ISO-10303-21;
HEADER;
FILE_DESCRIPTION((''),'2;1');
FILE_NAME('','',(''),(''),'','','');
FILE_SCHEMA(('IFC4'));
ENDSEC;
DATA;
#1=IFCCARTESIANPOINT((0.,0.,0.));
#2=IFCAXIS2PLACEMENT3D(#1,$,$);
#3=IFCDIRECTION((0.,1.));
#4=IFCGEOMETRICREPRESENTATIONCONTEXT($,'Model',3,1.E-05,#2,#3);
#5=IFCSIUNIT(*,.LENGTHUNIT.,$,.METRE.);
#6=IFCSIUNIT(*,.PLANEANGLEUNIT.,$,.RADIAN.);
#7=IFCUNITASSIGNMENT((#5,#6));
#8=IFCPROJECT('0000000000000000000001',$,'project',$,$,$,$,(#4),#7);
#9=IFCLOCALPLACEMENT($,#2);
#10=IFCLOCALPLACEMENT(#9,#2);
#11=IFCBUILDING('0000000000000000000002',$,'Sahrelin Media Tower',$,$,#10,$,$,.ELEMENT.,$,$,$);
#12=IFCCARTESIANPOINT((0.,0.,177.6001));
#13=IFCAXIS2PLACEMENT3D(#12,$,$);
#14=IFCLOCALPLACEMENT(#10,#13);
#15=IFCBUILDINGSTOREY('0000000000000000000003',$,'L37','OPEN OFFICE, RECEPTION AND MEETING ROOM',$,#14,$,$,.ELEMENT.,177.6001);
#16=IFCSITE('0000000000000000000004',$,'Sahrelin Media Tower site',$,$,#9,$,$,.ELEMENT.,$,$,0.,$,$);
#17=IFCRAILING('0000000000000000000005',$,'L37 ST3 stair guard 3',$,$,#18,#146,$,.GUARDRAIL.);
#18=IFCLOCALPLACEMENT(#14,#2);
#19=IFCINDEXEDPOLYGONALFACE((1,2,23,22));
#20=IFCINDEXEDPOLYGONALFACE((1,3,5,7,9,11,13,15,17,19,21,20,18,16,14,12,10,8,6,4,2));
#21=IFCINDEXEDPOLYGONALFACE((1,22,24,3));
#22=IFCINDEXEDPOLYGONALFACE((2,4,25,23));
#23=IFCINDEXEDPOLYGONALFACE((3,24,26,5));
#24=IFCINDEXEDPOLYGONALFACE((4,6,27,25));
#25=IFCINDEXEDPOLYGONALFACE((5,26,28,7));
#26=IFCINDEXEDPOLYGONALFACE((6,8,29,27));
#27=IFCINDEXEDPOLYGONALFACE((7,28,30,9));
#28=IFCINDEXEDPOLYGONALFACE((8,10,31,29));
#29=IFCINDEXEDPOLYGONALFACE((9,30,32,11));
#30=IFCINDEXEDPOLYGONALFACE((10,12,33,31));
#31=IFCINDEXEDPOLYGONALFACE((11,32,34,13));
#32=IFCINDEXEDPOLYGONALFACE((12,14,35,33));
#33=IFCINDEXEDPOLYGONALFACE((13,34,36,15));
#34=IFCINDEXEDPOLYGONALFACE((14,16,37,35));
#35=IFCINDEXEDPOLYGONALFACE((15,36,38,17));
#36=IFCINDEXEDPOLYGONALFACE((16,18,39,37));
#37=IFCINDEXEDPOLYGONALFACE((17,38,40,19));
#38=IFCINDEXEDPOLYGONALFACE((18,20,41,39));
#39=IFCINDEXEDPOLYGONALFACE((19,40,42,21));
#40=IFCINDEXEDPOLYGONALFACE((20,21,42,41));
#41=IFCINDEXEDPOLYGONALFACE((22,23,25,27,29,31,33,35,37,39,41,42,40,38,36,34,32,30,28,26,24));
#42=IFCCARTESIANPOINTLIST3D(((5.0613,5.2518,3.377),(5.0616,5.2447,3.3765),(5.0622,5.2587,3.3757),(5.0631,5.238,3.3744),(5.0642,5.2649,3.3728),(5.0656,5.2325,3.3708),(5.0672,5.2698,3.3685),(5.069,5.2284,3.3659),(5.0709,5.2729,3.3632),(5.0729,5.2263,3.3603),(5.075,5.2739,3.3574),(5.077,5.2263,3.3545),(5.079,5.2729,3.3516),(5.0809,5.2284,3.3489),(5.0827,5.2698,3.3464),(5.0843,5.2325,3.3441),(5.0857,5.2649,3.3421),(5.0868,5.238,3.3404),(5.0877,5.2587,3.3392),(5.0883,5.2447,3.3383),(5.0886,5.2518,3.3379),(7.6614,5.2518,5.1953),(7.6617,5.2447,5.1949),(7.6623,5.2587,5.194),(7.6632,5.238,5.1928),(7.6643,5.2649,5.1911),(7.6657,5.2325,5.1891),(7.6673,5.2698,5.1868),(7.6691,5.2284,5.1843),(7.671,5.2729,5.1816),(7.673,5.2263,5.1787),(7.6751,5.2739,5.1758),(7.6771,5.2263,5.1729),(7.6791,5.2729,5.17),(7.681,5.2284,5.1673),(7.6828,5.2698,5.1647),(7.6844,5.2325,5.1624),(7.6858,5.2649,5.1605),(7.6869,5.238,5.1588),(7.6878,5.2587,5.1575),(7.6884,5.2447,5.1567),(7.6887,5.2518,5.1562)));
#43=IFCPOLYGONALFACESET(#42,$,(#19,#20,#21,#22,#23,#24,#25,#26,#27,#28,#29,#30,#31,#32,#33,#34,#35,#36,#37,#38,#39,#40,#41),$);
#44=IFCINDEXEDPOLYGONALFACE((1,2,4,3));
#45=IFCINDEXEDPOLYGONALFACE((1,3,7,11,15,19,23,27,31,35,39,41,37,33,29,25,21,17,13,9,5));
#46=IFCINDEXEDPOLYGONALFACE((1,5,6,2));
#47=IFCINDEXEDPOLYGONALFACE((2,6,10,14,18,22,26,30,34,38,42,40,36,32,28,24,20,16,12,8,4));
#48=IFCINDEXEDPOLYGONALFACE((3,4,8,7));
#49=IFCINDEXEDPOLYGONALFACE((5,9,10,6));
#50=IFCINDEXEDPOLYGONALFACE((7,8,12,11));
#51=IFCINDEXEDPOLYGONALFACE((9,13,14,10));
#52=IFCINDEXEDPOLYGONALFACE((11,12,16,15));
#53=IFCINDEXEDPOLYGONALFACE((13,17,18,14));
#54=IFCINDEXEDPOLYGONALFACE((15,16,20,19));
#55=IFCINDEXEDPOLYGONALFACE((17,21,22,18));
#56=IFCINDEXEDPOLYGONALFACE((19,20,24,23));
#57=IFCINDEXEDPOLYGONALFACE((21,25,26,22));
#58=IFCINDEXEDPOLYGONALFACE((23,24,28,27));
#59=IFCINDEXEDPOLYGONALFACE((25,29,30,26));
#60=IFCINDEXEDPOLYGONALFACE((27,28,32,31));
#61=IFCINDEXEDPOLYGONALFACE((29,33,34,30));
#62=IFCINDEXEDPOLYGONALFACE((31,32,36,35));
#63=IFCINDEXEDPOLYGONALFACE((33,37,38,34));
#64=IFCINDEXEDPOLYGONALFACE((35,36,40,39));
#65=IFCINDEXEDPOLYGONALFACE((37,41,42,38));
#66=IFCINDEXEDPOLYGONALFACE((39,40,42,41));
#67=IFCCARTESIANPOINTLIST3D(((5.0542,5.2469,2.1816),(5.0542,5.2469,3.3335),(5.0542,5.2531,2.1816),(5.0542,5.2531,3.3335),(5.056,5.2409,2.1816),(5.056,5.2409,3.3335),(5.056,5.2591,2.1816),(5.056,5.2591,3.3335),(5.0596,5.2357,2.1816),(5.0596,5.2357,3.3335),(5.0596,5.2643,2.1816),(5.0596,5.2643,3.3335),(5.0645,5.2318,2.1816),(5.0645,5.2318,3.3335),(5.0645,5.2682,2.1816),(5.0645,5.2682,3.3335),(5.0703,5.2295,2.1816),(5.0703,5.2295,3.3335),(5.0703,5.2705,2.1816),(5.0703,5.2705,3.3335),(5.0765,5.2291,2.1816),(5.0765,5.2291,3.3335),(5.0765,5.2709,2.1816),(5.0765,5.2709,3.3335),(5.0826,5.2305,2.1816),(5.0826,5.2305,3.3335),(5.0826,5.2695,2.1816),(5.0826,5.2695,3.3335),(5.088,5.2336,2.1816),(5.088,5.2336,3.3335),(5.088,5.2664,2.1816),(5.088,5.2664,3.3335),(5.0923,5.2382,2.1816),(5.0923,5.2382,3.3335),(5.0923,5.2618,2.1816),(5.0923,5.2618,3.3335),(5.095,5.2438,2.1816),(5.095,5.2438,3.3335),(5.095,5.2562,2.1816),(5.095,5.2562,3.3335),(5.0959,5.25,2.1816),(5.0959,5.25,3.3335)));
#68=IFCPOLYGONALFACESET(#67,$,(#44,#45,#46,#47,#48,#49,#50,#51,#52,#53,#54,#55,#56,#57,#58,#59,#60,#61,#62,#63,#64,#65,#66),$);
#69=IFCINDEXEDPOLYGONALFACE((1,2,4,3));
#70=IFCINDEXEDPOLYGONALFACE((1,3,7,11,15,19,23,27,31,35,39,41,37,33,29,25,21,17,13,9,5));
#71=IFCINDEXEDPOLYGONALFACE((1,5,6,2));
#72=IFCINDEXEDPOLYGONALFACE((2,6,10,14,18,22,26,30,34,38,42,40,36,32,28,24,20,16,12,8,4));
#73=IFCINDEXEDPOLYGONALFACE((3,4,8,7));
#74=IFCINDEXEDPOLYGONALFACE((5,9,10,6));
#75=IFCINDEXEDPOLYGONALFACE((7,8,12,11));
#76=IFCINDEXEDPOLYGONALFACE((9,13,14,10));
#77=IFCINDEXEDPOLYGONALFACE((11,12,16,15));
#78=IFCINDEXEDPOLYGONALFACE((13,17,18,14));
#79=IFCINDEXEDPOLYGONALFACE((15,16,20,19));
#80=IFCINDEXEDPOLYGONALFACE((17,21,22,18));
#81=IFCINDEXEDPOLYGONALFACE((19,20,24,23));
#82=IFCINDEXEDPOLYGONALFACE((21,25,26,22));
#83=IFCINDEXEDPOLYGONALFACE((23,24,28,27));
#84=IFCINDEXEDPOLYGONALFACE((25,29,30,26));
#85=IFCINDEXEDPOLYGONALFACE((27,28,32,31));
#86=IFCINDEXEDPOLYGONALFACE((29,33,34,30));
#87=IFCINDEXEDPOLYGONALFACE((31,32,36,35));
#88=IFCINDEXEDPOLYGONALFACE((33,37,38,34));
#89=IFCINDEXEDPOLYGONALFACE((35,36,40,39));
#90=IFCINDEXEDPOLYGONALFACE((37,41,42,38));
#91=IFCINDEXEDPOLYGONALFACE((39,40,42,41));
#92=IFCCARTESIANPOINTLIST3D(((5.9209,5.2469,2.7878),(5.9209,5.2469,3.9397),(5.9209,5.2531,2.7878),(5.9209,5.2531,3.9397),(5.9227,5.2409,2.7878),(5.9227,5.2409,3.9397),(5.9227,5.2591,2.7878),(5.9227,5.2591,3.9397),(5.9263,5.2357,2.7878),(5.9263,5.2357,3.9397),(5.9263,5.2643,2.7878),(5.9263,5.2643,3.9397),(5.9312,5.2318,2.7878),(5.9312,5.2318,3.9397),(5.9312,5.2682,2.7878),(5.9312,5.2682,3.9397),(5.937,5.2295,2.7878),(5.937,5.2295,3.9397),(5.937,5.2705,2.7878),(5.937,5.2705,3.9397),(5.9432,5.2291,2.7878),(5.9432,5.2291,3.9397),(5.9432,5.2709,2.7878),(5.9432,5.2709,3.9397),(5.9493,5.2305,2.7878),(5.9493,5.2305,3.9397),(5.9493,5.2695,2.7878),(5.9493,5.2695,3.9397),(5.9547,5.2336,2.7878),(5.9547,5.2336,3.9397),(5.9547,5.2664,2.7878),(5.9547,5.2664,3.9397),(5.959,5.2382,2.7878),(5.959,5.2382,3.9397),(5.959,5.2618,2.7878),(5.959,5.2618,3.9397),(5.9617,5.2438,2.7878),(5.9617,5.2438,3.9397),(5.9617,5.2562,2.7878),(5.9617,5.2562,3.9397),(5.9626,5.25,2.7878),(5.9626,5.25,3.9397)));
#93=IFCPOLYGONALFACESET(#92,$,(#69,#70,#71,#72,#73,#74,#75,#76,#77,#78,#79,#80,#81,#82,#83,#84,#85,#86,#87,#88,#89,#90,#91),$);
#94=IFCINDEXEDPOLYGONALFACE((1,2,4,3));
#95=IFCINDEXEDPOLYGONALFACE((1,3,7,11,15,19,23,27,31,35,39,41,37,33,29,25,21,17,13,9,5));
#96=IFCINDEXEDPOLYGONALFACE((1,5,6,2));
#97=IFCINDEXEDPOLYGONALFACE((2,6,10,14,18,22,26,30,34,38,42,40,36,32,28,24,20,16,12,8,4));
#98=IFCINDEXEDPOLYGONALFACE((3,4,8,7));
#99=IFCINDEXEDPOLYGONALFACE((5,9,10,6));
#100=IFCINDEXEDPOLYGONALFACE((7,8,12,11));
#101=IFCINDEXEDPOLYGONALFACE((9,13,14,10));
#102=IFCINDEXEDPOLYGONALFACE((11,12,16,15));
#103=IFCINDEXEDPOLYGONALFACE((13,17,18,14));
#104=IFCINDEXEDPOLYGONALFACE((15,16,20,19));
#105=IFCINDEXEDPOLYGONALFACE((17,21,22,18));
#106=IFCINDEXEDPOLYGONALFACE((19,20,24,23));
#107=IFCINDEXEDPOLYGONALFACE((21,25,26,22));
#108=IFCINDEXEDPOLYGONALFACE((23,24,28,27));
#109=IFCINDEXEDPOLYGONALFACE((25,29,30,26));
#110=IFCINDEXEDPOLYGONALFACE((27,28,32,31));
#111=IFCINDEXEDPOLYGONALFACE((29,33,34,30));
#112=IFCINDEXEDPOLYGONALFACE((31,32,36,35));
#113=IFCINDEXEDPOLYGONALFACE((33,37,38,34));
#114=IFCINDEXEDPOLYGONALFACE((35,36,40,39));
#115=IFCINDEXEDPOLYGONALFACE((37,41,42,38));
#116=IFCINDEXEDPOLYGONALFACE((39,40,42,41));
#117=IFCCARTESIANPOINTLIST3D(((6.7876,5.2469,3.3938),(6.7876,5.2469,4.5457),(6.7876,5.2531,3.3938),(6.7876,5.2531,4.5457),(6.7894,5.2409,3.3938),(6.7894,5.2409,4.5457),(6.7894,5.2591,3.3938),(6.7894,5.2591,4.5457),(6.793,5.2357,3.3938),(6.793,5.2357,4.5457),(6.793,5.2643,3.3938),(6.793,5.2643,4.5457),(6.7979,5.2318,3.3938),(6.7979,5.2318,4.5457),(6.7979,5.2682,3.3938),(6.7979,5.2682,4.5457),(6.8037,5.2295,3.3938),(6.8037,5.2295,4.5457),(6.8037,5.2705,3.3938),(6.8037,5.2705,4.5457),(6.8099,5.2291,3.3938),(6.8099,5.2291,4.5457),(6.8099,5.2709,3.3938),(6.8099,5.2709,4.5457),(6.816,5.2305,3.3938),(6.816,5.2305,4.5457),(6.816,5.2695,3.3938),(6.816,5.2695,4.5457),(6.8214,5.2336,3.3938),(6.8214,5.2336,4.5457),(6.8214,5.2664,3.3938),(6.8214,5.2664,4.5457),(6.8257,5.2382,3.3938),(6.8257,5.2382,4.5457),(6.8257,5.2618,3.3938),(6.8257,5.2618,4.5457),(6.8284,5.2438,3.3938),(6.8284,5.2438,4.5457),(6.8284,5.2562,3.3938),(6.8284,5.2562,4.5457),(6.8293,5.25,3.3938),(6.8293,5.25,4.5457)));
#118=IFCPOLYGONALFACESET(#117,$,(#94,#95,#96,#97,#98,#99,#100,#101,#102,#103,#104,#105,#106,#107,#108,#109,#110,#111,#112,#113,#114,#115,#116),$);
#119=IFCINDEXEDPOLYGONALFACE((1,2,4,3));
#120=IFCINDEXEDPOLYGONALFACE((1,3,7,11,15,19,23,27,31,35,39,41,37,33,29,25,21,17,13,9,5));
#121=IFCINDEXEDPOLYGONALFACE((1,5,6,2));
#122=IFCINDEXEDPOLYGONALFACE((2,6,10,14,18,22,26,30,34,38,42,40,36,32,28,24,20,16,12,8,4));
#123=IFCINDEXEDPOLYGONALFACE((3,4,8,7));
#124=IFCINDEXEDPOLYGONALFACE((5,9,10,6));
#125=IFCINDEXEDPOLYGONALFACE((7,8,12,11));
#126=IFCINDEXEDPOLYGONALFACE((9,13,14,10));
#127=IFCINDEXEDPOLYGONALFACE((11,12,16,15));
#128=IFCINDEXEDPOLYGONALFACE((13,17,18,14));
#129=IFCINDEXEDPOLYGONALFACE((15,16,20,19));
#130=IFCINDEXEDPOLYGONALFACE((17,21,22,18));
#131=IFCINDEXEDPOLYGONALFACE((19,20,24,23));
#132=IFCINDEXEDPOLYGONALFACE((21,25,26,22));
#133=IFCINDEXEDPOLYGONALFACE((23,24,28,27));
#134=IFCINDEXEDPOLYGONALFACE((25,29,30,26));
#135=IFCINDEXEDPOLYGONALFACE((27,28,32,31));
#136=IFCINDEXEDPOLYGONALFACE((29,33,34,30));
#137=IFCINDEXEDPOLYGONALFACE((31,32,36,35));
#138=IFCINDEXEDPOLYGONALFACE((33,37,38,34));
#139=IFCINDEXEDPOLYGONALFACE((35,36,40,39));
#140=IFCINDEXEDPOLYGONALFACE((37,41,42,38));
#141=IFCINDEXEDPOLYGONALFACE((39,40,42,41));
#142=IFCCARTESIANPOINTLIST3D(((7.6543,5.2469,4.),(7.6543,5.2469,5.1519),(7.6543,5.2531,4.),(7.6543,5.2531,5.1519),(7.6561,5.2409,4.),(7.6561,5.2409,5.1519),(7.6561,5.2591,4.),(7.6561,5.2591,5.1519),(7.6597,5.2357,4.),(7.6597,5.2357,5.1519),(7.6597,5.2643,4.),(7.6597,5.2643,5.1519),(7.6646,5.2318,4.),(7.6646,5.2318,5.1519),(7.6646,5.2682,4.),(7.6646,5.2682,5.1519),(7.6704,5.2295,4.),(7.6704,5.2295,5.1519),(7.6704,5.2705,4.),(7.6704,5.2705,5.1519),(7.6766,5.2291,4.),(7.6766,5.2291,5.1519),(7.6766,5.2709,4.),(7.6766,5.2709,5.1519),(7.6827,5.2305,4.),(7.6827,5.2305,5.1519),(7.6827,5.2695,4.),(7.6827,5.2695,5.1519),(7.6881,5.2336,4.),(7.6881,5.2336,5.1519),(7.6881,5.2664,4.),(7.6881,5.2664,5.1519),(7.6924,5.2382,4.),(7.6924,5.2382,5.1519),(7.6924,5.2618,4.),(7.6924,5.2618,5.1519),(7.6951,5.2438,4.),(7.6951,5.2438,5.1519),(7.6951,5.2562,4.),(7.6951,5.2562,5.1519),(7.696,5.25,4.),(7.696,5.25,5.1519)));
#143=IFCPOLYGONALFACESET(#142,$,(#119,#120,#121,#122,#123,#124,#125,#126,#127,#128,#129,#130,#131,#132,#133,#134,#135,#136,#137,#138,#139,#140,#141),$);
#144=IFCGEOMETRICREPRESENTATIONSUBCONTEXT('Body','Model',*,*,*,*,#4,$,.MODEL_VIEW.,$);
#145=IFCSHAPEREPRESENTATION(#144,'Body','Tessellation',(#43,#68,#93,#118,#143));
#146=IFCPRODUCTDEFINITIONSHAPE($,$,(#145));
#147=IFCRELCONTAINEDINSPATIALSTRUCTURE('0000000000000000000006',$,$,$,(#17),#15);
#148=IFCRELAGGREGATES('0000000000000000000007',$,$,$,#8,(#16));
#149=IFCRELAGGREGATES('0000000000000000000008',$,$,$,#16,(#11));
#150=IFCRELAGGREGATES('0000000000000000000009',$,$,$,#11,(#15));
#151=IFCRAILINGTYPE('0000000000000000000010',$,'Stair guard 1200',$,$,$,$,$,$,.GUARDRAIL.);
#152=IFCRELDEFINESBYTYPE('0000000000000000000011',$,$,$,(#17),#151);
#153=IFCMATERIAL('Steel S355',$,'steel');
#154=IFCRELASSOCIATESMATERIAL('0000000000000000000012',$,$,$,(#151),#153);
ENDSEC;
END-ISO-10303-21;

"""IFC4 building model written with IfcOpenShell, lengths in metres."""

from ifc_helpers import new_model, si_unit, direction, frame, origin, origin_2d, place, context, subcontext, project, spatial, circle, extrude, material, type_object, element, save


model = new_model("IFC4")

# Units and contexts
model_context = context("Model", 3, precision=1e-05, world=origin(), true_north=direction((0.0, 1.0)))
body_context = subcontext(model_context, "Body", "Model", "MODEL_VIEW")
ifc_project = project(units=[si_unit("LENGTHUNIT", "METRE"), si_unit("PLANEANGLEUNIT", "RADIAN")], contexts=[model_context])

# Site, building, storey
site_placement = place(None, origin())
site = spatial("IfcSite", under=ifc_project, at=site_placement, Name="Sahrelin Media Tower site", CompositionType="ELEMENT", RefElevation=0.0)
building_placement = place(site_placement, origin())
building = spatial("IfcBuilding", under=site, at=building_placement, Name="Sahrelin Media Tower", CompositionType="ELEMENT")
storey_placement = place(building_placement, frame((0.0, 0.0, 177.6001)))
storey = spatial("IfcBuildingStorey", under=building, at=storey_placement, Name="L37", Description="OPEN OFFICE, RECEPTION AND MEETING ROOM", CompositionType="ELEMENT", Elevation=177.6001)

# Shared definitions
ifc_material_1 = material(Name="Steel S355", Category="steel")

# Railing
railing_type_1 = type_object("IfcRailingType", Name="Stair guard 1200", PredefinedType="GUARDRAIL", material=ifc_material_1)
railing_1_placement = place(storey_placement, frame((5.075, 5.25, 2.1816)))
element("IfcRailing", 1, at=railing_1_placement, inside=storey, type_object=railing_type_1, Name="L37 ST3 stair guard 3", PredefinedType="GUARDRAIL", context=body_context, shape_type="SweptSolid", body=[
    extrude(circle(Radius=0.0239, at=origin_2d()), frame((0.0, 0.0, 1.1758), z_axis=(0.819485, 0.0, 0.573101), x_axis=(0.0, 1.0, 0.0)), (0.0, 0.0, 1.0), 3.1729),
    extrude(circle(Radius=0.021, at=origin_2d()), origin(), (0.0, 0.0, 1.0), 1.1519),
    extrude(circle(Radius=0.021, at=origin_2d()), frame((0.8667, 0.0, 0.6062)), (0.0, 0.0, 1.0), 1.1519),
    extrude(circle(Radius=0.021, at=origin_2d()), frame((1.7334, 0.0, 1.2122)), (0.0, 0.0, 1.0), 1.1519),
    extrude(circle(Radius=0.021, at=origin_2d()), frame((2.6001, 0.0, 1.8184)), (0.0, 0.0, 1.0), 1.1519),
])

save(model, "model.ifc")
